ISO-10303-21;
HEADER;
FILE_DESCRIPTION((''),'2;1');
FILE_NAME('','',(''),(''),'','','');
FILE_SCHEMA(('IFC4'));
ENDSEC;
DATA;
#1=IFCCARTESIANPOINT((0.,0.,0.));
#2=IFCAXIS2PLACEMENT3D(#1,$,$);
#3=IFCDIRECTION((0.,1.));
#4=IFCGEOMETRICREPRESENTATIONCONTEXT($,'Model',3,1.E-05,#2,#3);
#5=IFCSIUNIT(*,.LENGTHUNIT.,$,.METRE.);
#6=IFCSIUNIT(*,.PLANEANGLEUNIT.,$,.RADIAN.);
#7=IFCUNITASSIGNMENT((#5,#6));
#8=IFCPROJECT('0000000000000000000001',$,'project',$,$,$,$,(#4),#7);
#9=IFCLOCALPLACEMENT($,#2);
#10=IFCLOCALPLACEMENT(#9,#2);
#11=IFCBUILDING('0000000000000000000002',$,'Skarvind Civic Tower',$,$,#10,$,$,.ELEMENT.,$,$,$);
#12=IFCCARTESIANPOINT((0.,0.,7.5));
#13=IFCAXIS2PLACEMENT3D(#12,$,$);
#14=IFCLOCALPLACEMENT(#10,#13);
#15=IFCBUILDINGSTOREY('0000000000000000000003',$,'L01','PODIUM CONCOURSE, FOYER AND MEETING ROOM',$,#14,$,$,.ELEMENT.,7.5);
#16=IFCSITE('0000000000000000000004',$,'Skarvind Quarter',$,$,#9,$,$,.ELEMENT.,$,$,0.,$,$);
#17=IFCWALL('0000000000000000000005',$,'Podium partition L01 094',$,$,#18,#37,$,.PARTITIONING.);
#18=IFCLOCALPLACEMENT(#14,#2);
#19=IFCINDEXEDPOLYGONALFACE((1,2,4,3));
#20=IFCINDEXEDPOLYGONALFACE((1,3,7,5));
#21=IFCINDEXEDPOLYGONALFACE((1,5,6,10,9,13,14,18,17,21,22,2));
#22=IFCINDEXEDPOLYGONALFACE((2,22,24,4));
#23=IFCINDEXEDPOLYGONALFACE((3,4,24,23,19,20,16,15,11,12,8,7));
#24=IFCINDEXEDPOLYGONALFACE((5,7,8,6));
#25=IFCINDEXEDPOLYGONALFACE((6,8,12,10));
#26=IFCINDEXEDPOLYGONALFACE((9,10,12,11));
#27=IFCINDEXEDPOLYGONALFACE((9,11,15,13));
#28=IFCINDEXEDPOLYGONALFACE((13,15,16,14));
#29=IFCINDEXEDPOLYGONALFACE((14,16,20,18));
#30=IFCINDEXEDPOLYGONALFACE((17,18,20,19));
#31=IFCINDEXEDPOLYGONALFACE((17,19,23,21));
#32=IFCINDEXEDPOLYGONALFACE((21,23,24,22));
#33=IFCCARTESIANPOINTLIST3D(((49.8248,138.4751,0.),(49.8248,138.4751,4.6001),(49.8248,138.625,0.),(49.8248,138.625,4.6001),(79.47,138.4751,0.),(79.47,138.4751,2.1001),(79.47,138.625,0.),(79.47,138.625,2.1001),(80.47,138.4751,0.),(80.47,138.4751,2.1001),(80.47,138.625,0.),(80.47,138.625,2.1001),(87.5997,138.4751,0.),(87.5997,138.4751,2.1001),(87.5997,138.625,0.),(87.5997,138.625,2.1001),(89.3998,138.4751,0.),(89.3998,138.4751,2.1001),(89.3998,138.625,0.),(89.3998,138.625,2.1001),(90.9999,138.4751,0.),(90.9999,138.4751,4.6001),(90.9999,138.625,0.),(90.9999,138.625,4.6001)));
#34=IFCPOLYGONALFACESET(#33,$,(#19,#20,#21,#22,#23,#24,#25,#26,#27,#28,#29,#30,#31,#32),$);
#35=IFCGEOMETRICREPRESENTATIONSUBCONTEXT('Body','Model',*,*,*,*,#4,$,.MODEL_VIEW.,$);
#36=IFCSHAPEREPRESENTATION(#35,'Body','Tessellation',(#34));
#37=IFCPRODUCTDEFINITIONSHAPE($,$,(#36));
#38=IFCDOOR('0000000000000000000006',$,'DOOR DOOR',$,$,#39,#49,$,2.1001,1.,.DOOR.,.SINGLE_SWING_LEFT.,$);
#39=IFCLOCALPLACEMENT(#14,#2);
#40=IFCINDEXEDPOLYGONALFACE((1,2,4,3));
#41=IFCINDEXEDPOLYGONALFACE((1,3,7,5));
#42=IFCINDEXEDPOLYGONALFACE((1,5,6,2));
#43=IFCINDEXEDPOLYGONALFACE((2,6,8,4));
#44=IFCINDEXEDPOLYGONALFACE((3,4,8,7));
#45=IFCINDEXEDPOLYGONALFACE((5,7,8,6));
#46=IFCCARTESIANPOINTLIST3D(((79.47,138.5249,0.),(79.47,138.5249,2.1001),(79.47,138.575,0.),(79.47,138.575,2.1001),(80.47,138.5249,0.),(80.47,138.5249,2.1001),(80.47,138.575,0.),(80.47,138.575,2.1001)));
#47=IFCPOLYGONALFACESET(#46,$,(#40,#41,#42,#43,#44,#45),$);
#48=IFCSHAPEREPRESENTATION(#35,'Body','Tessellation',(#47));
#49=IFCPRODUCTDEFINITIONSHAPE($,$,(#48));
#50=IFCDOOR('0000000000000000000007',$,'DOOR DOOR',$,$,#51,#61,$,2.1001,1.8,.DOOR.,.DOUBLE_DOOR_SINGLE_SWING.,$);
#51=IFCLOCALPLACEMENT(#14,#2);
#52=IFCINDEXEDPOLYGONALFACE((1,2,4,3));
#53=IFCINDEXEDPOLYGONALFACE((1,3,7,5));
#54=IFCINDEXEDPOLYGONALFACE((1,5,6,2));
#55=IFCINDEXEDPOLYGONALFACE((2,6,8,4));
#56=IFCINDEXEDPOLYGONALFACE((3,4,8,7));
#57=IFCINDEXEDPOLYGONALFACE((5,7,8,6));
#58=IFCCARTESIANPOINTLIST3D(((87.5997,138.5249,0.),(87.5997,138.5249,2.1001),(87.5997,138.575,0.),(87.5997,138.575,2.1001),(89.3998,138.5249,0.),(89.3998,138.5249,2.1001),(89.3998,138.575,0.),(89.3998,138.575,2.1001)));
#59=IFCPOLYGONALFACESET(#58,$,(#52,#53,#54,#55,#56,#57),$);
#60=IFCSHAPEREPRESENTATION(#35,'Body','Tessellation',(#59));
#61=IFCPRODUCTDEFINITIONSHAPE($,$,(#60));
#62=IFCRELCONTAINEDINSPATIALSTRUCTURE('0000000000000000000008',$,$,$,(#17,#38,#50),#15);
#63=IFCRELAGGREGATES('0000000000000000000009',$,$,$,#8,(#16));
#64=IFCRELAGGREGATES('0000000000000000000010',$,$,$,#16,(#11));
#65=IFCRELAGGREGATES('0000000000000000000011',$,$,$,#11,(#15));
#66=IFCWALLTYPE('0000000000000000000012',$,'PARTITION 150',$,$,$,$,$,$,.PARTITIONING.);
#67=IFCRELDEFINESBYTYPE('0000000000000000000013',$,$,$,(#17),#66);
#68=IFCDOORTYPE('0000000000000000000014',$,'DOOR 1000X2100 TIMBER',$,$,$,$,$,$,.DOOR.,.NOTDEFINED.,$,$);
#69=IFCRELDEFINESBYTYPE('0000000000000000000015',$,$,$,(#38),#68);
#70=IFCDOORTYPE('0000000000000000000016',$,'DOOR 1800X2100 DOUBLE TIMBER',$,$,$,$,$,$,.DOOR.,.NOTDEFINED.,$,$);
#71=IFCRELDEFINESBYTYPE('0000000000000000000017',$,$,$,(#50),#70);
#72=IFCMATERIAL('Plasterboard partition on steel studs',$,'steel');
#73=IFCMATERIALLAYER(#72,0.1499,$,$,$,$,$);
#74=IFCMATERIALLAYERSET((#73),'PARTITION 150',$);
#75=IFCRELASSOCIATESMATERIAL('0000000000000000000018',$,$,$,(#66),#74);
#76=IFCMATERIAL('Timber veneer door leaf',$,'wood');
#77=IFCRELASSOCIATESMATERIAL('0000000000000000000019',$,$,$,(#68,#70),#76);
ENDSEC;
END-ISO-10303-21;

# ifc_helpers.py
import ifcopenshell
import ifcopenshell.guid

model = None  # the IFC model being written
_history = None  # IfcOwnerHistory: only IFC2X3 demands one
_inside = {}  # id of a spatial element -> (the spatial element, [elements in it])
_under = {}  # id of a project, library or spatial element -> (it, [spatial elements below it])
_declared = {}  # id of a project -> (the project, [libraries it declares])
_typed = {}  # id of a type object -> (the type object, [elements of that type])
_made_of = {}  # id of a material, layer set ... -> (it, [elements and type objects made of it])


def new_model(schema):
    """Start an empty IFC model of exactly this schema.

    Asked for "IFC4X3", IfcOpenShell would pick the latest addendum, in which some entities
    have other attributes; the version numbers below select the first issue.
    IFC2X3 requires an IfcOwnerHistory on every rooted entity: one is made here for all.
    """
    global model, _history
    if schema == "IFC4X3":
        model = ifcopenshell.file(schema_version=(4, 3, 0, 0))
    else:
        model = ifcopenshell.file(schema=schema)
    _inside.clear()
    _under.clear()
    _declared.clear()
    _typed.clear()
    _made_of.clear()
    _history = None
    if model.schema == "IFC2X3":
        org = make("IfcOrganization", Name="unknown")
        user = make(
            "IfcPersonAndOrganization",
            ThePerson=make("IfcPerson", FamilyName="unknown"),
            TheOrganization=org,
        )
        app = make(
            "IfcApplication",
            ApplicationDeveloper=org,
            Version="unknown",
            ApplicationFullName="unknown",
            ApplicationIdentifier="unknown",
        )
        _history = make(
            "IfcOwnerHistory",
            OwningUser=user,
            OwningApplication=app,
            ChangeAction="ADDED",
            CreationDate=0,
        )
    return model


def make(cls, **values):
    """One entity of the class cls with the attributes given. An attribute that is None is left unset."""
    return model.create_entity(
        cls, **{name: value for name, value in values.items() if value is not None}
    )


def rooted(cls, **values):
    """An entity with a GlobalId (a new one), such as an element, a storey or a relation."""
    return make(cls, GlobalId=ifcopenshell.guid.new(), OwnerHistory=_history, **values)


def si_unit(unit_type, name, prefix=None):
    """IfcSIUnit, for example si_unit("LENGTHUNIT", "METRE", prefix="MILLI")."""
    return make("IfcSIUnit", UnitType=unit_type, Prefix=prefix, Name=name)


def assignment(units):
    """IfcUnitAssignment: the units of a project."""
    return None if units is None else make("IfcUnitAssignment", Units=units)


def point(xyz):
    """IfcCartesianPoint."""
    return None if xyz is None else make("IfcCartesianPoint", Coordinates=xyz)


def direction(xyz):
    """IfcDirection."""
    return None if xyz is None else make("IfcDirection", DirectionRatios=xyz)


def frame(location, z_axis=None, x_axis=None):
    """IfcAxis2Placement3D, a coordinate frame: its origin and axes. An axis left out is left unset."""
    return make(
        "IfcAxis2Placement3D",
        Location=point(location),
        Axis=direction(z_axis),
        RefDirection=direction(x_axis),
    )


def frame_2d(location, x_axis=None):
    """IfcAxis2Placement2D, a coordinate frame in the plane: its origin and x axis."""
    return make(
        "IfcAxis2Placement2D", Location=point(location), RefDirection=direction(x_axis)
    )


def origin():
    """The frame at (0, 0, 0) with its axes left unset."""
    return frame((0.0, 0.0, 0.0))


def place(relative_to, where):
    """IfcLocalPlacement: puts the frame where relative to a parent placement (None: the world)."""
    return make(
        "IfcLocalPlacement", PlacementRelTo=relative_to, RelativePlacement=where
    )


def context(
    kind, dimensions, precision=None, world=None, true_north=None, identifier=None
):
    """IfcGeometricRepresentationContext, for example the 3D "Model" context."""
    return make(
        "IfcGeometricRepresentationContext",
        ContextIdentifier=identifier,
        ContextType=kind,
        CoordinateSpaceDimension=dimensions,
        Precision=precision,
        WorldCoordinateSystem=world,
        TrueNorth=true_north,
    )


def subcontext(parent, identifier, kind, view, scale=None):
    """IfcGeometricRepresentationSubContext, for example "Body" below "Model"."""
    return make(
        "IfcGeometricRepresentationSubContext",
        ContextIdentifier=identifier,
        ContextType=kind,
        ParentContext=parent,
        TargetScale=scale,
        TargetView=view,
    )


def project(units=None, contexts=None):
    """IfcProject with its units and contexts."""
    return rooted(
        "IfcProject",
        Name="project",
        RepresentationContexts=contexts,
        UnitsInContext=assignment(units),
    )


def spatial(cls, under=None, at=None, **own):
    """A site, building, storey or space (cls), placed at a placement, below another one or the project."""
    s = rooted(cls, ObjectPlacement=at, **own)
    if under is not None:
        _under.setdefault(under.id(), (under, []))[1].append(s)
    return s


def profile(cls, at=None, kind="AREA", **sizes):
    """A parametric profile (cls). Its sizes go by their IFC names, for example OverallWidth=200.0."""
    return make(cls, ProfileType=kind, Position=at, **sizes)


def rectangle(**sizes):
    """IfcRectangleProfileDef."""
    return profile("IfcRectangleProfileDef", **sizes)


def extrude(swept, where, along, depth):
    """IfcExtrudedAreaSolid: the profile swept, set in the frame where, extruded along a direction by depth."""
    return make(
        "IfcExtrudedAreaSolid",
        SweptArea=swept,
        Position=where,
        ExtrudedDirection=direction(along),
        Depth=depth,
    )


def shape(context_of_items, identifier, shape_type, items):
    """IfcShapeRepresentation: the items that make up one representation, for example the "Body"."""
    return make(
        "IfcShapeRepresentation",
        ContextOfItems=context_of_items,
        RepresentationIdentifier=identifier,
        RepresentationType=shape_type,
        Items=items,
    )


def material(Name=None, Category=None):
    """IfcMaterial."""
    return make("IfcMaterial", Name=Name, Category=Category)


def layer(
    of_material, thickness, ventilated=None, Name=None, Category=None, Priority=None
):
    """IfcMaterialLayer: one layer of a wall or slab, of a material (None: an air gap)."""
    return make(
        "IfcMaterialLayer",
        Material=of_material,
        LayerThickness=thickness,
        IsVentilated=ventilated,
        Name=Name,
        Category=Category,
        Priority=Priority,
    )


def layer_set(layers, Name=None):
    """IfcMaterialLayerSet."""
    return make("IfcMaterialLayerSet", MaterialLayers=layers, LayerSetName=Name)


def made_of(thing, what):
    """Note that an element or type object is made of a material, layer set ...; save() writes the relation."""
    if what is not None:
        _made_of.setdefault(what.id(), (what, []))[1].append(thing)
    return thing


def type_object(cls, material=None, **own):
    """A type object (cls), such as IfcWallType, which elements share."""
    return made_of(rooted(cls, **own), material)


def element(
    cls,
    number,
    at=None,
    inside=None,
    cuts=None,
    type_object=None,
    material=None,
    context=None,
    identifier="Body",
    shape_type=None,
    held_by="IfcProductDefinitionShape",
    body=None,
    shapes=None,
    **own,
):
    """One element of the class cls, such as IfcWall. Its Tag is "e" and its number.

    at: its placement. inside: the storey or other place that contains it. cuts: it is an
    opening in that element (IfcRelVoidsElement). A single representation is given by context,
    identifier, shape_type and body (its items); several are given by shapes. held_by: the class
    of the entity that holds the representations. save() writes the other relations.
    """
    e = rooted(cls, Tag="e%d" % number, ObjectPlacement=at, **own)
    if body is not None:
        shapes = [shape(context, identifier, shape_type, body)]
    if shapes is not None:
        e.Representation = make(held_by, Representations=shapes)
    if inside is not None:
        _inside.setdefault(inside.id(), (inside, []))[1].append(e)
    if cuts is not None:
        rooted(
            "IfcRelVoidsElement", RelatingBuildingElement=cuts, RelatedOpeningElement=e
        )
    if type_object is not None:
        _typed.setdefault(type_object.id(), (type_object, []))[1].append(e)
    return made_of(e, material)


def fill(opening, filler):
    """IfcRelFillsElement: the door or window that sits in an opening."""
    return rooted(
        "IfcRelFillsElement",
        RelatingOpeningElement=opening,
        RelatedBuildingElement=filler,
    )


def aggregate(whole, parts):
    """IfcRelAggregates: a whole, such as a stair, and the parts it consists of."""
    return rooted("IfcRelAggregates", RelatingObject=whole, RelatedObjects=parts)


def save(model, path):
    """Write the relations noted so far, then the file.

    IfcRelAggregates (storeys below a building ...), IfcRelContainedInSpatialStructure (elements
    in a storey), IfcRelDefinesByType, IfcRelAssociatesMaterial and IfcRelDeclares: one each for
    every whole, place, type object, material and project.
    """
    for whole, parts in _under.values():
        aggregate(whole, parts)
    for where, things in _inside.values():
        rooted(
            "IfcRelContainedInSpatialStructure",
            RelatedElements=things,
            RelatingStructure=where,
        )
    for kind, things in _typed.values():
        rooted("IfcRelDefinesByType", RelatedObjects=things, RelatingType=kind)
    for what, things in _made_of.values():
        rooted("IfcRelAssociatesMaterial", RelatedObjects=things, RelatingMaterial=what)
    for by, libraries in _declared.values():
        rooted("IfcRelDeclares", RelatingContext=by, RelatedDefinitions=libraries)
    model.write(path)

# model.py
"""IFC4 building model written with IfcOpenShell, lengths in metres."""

from ifc_helpers import new_model, si_unit, direction, frame, frame_2d, origin, place, context, subcontext, project, spatial, rectangle, extrude, material, layer, layer_set, type_object, element, fill, save


model = new_model("IFC4")

# Units and contexts
model_context = context("Model", 3, precision=1e-05, world=origin(), true_north=direction((0.0, 1.0)))
body_context = subcontext(model_context, "Body", "Model", "MODEL_VIEW")
ifc_project = project(units=[si_unit("LENGTHUNIT", "METRE"), si_unit("PLANEANGLEUNIT", "RADIAN")], contexts=[model_context])

# Site, building, storey
site_placement = place(None, origin())
site = spatial("IfcSite", under=ifc_project, at=site_placement, Name="Skarvind Quarter", CompositionType="ELEMENT", RefElevation=0.0)
building_placement = place(site_placement, origin())
building = spatial("IfcBuilding", under=site, at=building_placement, Name="Skarvind Civic Tower", CompositionType="ELEMENT")
storey_placement = place(building_placement, frame((0.0, 0.0, 7.5)))
storey = spatial("IfcBuildingStorey", under=building, at=storey_placement, Name="L01", Description="PODIUM CONCOURSE, FOYER AND MEETING ROOM", CompositionType="ELEMENT", Elevation=7.5)

# Shared definitions
ifc_material_1 = material(Name="Plasterboard partition on steel studs", Category="steel")
ifc_layer_1 = layer(ifc_material_1, 0.1499)
ifc_layer_set_1 = layer_set([ifc_layer_1], Name="PARTITION 150")
wall_type_1 = type_object("IfcWallType", Name="PARTITION 150", PredefinedType="PARTITIONING", material=ifc_layer_set_1)

# Wall, openings, doors
wall_1_placement = place(storey_placement, frame((49.825, 138.55, 0.0), z_axis=(0.0, 0.0, 1.0), x_axis=(1.0, 0.0, 0.0)))
wall_1 = element("IfcWall", 1, at=wall_1_placement, inside=storey, type_object=wall_type_1, Name="Podium partition L01 094", PredefinedType="PARTITIONING", context=body_context, shape_type="SweptSolid", body=[
    extrude(rectangle(XDim=41.175, YDim=0.1499, at=frame_2d((20.5874, 0.0))), origin(), (0.0, 0.0, 1.0), 4.6001),
])
opening_1_placement = place(wall_1_placement, frame((29.645, 0.0, 0.0)))
opening_1 = element("IfcOpeningElement", 2, at=opening_1_placement, cuts=wall_1, PredefinedType="OPENING", context=body_context, shape_type="SweptSolid", body=[
    extrude(rectangle(XDim=1.0, YDim=2.1001, at=frame_2d((0.5, 1.05))), frame((0.0, 0.085, 0.0), z_axis=(0.0, -1.0, 0.0), x_axis=(1.0, 0.0, 0.0)), (0.0, 0.0, 1.0), 0.1699),
])
opening_2_placement = place(wall_1_placement, frame((37.7749, 0.0, 0.0)))
opening_2 = element("IfcOpeningElement", 3, at=opening_2_placement, cuts=wall_1, PredefinedType="OPENING", context=body_context, shape_type="SweptSolid", body=[
    extrude(rectangle(XDim=1.8, YDim=2.1001, at=frame_2d((0.8999, 1.05))), frame((0.0, 0.085, 0.0), z_axis=(0.0, -1.0, 0.0), x_axis=(1.0, 0.0, 0.0)), (0.0, 0.0, 1.0), 0.1699),
])
ifc_material_2 = material(Name="Timber veneer door leaf", Category="wood")
door_type_1 = type_object("IfcDoorType", Name="DOOR 1000X2100 TIMBER", OperationType="NOTDEFINED", PredefinedType="DOOR", material=ifc_material_2)
door_1_placement = place(opening_1_placement, origin())
door_1 = element("IfcDoor", 4, at=door_1_placement, inside=storey, type_object=door_type_1, Name="DOOR DOOR", OperationType="SINGLE_SWING_LEFT", OverallHeight=2.1001, OverallWidth=1.0, PredefinedType="DOOR", context=body_context, shape_type="SweptSolid", body=[
    extrude(rectangle(XDim=1.0, YDim=2.1001, at=frame_2d((0.5, 1.05))), frame((0.0, 0.0249, 0.0), z_axis=(0.0, -1.0, 0.0), x_axis=(1.0, 0.0, 0.0)), (0.0, 0.0, 1.0), 0.05),
])
fill(opening_1, door_1)
door_type_2 = type_object("IfcDoorType", Name="DOOR 1800X2100 DOUBLE TIMBER", OperationType="NOTDEFINED", PredefinedType="DOOR", material=ifc_material_2)
door_2_placement = place(opening_2_placement, origin())
door_2 = element("IfcDoor", 5, at=door_2_placement, inside=storey, type_object=door_type_2, Name="DOOR DOOR", OperationType="DOUBLE_DOOR_SINGLE_SWING", OverallHeight=2.1001, OverallWidth=1.8, PredefinedType="DOOR", context=body_context, shape_type="SweptSolid", body=[
    extrude(rectangle(XDim=1.8, YDim=2.1001, at=frame_2d((0.8999, 1.05))), frame((0.0, 0.0249, 0.0), z_axis=(0.0, -1.0, 0.0), x_axis=(1.0, 0.0, 0.0)), (0.0, 0.0, 1.0), 0.05),
])
fill(opening_2, door_2)

save(model, "model.ifc")
